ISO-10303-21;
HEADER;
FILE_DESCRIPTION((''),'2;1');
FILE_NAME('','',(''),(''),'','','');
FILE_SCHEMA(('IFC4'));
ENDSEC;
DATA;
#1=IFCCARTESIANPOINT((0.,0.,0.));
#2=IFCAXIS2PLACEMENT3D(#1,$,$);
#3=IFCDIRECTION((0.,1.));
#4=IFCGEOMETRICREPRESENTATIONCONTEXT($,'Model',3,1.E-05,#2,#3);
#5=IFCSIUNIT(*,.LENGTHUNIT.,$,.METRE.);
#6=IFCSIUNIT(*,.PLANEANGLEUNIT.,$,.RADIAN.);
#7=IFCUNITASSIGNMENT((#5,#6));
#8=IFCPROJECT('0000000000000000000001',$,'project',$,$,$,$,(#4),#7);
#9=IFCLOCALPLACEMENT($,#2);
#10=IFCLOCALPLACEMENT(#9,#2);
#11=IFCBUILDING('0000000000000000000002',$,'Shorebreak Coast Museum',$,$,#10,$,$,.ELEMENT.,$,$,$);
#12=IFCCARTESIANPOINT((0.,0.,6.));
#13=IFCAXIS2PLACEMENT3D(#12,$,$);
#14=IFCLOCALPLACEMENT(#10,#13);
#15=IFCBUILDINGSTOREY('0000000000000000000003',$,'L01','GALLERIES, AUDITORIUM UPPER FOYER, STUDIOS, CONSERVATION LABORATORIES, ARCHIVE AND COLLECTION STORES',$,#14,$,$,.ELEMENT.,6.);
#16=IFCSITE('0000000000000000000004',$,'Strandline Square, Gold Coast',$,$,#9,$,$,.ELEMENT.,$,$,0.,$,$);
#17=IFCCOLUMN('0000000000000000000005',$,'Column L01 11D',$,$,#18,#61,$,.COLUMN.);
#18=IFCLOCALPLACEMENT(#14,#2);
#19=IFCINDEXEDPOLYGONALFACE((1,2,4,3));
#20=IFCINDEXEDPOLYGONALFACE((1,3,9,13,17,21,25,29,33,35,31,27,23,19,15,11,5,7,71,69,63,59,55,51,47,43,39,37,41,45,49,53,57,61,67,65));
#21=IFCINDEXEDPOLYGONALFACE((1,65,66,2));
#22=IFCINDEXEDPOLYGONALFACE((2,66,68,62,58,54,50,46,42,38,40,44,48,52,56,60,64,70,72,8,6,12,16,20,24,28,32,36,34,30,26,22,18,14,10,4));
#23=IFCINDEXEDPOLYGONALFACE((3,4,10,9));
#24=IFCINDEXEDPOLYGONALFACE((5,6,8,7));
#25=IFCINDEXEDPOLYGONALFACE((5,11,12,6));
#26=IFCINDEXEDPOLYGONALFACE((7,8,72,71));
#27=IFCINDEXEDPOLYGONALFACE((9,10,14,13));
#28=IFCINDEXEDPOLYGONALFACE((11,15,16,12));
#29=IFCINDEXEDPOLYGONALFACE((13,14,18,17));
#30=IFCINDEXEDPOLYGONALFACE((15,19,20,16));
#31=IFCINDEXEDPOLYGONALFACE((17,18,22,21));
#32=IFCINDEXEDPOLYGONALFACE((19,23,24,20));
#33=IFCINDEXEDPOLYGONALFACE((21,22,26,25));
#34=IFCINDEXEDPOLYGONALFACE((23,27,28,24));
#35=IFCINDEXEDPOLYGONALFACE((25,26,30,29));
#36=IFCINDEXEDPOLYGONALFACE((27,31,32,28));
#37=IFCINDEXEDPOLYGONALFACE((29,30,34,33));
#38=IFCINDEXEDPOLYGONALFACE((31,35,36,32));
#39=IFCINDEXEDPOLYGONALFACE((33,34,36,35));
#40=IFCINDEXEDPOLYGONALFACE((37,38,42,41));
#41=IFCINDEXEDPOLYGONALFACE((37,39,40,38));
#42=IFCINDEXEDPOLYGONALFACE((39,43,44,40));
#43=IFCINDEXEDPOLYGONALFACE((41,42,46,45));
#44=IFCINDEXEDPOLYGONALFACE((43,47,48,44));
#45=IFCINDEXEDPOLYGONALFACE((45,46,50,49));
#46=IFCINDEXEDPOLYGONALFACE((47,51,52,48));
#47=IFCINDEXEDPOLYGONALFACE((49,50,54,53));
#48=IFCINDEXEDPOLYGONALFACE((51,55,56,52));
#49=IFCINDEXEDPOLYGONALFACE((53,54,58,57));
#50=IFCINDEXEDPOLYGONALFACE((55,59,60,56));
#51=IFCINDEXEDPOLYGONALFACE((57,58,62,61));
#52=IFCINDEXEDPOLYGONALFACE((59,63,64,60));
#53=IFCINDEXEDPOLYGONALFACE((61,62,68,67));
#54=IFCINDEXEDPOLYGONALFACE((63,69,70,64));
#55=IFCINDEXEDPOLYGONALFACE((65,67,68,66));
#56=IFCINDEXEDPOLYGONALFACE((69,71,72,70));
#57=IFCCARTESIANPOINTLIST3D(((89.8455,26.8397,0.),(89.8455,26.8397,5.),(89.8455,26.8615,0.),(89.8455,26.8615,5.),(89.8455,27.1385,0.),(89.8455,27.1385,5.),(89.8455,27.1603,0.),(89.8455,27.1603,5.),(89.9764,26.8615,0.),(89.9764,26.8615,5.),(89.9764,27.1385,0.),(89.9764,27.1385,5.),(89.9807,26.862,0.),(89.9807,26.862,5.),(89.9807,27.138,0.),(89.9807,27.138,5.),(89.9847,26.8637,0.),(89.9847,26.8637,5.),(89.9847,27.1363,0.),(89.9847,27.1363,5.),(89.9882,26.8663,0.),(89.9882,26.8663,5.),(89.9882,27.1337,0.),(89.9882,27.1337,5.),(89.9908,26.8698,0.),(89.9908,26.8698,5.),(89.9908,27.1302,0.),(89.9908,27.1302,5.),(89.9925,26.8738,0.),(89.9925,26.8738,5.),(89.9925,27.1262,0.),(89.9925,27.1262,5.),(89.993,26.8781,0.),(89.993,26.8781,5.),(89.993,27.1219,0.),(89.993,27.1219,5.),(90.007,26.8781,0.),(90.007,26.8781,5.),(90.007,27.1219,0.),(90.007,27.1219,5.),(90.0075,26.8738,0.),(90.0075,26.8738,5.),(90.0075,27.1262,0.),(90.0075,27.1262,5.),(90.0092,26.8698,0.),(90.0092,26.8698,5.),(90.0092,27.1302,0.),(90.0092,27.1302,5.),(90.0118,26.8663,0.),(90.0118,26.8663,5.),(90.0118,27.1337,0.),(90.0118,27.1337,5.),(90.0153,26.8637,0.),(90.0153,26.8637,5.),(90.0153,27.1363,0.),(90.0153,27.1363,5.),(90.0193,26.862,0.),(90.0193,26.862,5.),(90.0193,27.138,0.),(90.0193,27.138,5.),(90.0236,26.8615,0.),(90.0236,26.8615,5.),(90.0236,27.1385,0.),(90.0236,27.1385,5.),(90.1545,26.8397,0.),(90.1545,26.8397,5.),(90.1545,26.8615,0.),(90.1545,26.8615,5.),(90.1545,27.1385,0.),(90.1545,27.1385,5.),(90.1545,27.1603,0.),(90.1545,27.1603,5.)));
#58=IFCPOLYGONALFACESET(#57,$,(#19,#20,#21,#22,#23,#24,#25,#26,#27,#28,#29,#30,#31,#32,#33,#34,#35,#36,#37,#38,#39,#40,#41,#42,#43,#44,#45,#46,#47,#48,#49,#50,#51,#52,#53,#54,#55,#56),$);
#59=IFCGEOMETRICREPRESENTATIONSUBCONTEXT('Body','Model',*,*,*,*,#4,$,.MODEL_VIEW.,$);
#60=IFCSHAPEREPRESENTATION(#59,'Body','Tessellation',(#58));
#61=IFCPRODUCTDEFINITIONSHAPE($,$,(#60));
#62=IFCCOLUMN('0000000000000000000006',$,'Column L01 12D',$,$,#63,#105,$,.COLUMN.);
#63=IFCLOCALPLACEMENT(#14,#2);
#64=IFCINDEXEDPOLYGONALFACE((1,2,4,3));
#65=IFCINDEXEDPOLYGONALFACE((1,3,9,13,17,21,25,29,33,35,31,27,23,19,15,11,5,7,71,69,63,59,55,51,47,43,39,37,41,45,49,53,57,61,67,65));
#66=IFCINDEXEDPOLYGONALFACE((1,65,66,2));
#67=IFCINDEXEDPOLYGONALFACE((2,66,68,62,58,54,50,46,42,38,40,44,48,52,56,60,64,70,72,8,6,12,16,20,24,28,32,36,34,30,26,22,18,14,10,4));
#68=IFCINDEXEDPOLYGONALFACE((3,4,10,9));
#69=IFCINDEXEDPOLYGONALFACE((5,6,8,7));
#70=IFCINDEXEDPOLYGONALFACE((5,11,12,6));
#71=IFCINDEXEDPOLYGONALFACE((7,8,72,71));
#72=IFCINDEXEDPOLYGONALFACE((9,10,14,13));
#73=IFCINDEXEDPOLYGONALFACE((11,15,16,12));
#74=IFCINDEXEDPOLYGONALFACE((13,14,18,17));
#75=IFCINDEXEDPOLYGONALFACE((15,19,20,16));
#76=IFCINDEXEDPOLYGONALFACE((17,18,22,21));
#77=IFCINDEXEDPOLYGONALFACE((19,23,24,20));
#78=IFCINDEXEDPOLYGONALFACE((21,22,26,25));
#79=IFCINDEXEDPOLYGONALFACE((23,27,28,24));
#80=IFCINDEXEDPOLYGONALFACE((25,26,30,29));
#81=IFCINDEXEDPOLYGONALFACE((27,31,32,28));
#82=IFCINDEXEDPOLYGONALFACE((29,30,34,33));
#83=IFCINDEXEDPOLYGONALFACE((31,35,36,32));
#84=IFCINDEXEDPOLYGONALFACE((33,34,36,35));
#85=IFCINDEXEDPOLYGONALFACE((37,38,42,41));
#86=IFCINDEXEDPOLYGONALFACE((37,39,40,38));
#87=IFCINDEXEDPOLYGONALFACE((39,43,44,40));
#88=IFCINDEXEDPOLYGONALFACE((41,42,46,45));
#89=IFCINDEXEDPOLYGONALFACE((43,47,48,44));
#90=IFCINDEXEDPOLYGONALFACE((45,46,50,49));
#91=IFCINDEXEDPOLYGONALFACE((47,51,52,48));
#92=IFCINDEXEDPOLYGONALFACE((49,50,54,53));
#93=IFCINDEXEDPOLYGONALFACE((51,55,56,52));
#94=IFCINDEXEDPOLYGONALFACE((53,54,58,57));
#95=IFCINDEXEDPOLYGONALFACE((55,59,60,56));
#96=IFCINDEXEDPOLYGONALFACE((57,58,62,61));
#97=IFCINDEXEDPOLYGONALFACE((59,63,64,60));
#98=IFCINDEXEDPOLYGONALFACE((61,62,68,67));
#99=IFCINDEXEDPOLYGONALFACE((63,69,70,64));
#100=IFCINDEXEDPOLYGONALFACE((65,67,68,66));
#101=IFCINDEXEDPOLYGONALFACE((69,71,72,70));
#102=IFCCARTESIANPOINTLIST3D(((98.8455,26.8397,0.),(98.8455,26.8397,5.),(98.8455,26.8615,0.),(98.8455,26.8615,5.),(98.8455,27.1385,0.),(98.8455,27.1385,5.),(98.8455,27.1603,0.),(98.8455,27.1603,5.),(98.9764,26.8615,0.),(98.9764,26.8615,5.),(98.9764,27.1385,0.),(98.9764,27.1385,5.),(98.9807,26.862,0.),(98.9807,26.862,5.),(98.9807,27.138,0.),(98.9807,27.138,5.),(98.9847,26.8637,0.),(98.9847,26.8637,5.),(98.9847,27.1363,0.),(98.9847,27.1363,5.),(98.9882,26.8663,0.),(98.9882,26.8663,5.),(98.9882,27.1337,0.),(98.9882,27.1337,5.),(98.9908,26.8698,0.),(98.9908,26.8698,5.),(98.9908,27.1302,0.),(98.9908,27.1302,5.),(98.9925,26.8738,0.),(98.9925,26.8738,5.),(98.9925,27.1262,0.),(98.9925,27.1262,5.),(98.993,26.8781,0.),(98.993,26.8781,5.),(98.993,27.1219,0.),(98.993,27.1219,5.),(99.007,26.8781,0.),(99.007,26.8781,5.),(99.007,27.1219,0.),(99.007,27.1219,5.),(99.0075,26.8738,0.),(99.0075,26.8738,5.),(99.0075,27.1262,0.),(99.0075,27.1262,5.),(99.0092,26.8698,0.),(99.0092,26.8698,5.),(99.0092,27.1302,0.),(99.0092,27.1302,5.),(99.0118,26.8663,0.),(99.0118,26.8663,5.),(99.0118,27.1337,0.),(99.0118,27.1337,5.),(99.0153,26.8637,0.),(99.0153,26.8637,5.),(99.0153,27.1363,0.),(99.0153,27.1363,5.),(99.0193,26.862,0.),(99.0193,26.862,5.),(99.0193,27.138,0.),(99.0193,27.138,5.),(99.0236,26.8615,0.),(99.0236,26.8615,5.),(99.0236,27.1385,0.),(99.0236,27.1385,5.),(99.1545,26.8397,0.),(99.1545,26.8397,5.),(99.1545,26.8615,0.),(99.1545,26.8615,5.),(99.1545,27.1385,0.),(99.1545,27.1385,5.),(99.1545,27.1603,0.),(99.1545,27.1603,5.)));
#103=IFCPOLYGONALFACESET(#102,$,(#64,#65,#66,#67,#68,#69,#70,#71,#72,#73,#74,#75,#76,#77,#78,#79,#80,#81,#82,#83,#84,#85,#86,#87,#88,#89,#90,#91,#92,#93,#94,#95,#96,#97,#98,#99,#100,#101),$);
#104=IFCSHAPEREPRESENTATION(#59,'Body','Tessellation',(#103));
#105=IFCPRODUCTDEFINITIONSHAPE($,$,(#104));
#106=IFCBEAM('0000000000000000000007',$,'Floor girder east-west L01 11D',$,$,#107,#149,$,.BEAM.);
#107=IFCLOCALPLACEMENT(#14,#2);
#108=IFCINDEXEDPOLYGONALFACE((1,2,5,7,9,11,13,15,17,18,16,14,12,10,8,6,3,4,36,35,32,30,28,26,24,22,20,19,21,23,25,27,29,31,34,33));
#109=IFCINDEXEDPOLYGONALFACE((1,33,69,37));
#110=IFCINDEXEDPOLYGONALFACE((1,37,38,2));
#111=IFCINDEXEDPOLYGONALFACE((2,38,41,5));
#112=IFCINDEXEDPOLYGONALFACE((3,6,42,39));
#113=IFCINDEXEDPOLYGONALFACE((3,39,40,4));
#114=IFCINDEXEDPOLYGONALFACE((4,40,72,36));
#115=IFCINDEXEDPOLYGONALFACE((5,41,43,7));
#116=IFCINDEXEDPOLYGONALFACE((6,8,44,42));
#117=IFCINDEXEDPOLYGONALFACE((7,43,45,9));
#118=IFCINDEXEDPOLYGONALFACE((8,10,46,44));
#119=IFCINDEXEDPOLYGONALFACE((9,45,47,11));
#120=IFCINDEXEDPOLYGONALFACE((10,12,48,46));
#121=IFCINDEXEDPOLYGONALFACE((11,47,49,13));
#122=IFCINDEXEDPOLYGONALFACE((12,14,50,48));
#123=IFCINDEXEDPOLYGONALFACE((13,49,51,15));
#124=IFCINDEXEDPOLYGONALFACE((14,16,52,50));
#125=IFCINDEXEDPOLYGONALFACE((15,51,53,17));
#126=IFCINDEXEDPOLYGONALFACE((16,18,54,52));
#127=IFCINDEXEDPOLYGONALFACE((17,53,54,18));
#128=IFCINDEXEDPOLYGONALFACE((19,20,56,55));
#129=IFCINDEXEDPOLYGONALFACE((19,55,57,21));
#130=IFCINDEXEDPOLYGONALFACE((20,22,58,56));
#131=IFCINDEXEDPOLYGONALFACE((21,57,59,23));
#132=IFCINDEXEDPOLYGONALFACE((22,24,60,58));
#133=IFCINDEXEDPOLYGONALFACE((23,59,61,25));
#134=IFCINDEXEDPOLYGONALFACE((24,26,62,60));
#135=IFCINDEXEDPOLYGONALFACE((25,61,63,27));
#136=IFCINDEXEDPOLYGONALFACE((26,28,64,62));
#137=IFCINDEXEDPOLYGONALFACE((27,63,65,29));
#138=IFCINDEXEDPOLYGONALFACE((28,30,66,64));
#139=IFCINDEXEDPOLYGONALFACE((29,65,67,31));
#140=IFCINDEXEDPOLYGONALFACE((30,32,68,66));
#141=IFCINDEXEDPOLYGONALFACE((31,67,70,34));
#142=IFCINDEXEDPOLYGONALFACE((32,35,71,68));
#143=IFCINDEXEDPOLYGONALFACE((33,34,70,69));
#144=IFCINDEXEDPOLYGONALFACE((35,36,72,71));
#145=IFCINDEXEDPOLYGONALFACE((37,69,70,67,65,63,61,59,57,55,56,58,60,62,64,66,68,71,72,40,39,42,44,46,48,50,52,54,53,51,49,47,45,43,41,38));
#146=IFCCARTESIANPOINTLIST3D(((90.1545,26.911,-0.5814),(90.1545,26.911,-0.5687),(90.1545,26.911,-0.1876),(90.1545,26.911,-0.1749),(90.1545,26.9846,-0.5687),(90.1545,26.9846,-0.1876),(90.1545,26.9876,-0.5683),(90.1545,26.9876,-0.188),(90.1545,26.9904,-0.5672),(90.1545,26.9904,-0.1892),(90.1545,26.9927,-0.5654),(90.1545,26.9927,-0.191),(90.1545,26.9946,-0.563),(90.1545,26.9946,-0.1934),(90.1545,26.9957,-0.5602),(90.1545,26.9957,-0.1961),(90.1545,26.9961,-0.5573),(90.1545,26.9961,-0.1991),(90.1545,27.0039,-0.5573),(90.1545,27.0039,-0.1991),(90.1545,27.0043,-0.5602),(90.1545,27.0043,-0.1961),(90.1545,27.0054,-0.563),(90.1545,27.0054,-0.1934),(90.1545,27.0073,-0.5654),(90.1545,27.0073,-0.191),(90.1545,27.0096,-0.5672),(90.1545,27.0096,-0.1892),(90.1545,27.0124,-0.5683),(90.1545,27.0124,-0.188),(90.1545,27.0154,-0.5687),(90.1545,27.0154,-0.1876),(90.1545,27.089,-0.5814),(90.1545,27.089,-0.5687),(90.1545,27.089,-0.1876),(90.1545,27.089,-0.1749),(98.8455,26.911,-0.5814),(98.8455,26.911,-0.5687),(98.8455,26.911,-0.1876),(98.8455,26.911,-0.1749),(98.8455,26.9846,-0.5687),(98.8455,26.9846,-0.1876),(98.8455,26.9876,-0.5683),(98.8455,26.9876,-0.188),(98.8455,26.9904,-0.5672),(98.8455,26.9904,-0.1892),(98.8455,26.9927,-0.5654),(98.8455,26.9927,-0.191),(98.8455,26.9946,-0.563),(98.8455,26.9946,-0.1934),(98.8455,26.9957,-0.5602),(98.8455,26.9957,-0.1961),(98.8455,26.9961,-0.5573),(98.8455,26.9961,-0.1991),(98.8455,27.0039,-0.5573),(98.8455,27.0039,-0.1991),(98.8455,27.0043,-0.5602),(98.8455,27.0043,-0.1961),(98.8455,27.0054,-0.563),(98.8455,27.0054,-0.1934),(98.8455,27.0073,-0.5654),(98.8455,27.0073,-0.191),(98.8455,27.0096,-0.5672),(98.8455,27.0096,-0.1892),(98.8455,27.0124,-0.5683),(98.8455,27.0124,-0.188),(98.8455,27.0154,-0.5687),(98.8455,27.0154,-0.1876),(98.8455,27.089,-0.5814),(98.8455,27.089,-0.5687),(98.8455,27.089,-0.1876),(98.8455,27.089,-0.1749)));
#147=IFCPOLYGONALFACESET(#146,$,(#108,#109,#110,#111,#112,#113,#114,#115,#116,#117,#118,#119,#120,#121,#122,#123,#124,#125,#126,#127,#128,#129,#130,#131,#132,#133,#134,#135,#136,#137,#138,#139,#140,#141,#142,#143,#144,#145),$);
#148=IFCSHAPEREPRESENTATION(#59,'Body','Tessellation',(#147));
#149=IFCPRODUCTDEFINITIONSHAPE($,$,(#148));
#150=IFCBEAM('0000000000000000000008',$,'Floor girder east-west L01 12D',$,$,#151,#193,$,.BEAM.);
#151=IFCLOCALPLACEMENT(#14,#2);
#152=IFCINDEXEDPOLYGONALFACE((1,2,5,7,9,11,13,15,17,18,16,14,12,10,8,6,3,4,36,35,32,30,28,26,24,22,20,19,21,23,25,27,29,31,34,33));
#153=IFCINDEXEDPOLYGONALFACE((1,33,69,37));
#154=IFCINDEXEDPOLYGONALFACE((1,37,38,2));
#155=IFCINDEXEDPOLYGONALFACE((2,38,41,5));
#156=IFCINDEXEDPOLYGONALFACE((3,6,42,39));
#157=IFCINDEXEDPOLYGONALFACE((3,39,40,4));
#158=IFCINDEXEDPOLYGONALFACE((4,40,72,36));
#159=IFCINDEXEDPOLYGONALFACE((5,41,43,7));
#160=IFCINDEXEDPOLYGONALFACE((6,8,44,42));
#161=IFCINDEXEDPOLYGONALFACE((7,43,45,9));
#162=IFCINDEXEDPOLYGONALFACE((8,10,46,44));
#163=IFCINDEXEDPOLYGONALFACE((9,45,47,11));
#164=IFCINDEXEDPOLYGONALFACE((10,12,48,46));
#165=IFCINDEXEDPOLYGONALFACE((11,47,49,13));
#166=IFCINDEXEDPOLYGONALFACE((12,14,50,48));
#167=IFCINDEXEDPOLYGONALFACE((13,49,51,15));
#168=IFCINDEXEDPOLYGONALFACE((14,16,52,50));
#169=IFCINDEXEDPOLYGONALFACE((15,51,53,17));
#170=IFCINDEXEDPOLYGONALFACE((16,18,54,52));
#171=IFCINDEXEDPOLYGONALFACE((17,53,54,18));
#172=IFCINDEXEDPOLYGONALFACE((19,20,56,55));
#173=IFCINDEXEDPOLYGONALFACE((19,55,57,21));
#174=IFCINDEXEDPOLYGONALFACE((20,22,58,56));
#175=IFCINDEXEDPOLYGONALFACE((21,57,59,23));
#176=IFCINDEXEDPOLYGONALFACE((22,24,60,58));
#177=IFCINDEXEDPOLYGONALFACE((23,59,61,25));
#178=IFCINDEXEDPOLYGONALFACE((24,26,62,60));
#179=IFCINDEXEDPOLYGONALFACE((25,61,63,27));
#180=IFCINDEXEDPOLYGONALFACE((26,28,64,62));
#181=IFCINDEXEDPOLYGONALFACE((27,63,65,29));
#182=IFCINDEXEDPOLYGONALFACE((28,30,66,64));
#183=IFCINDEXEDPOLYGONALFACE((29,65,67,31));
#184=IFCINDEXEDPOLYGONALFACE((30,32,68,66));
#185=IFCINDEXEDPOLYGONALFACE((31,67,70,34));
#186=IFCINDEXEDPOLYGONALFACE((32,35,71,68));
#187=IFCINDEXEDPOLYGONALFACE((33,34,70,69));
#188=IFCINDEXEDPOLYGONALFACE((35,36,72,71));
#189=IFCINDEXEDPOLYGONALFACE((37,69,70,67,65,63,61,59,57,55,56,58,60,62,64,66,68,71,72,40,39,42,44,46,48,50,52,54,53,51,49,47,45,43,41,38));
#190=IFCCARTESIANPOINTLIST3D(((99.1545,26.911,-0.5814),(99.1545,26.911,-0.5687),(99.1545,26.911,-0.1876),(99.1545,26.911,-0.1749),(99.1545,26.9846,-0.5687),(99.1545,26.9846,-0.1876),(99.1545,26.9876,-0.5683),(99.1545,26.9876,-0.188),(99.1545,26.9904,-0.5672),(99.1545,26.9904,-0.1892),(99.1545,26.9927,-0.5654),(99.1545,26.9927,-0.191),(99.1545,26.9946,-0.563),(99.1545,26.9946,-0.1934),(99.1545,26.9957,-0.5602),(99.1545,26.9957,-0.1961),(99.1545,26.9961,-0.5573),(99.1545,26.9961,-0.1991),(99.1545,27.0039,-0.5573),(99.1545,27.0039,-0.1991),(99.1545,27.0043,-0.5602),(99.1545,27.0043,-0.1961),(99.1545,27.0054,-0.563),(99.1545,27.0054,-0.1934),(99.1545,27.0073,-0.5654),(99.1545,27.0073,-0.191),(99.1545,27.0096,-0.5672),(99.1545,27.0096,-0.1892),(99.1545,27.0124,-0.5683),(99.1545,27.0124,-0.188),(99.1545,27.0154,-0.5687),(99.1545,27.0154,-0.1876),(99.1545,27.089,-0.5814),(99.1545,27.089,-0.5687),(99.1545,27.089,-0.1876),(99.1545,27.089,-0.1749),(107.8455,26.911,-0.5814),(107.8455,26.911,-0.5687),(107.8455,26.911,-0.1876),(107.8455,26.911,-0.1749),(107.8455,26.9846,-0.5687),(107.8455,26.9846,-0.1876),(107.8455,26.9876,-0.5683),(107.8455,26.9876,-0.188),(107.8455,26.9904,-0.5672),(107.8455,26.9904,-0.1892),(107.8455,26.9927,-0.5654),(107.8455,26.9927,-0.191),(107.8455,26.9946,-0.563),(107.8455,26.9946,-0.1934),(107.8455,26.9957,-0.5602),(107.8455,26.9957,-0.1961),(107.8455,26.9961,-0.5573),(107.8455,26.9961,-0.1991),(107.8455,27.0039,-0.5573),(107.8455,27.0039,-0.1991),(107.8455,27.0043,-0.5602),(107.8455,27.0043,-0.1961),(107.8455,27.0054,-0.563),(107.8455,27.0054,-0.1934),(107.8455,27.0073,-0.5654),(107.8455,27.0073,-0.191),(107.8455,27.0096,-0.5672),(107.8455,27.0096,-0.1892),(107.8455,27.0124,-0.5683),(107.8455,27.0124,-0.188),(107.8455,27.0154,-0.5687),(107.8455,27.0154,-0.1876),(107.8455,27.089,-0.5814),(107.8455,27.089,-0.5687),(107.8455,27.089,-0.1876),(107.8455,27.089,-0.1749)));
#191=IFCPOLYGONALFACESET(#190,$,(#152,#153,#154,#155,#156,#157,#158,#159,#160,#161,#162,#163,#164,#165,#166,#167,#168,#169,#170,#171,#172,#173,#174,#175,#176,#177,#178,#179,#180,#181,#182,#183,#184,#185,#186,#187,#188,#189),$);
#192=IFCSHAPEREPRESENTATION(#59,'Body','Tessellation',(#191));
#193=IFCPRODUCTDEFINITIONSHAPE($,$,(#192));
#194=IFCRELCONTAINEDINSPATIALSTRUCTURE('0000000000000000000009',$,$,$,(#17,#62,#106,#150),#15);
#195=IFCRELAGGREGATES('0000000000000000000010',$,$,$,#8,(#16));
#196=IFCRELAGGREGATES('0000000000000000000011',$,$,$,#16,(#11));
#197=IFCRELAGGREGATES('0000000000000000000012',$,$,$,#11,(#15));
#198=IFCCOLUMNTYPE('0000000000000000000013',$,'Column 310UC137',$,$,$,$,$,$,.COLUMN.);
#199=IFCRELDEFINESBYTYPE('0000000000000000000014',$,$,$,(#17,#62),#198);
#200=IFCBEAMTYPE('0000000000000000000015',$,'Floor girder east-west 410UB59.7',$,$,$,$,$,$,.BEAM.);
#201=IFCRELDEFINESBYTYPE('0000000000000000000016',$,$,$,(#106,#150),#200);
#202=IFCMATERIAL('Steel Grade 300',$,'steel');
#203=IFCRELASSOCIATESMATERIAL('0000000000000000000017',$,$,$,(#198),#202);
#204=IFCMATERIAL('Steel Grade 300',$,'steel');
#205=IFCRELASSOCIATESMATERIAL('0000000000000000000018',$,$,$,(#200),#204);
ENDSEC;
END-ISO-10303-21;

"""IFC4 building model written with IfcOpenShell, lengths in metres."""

from ifc_helpers import new_model, si_unit, direction, frame, origin, origin_2d, place, context, subcontext, project, spatial, i_section, extrude, material, material_profile, profile_set, type_object, element, save


model = new_model("IFC4")

# Units and contexts
model_context = context("Model", 3, precision=1e-05, world=origin(), true_north=direction((0.0, 1.0)))
body_context = subcontext(model_context, "Body", "Model", "MODEL_VIEW")
ifc_project = project(units=[si_unit("LENGTHUNIT", "METRE"), si_unit("PLANEANGLEUNIT", "RADIAN")], contexts=[model_context])

# Site, building, storey
site_placement = place(None, origin())
site = spatial("IfcSite", under=ifc_project, at=site_placement, Name="Strandline Square, Gold Coast", CompositionType="ELEMENT", RefElevation=0.0)
building_placement = place(site_placement, origin())
building = spatial("IfcBuilding", under=site, at=building_placement, Name="Shorebreak Coast Museum", CompositionType="ELEMENT")
storey_placement = place(building_placement, frame((0.0, 0.0, 6.0)))
storey = spatial("IfcBuildingStorey", under=building, at=storey_placement, Name="L01", Description="GALLERIES, AUDITORIUM UPPER FOYER, STUDIOS, CONSERVATION LABORATORIES, ARCHIVE AND COLLECTION STORES", CompositionType="ELEMENT", Elevation=6.0)

# Columns
ifc_material_1 = material(Name="Steel Grade 300", Category="steel")
ifc_material_profile_1 = material_profile(ifc_material_1, i_section(OverallWidth=0.3091, OverallDepth=0.3206, WebThickness=0.0139, FlangeThickness=0.0217, FilletRadius=0.0166, at=origin_2d()), Name="310UC137")
ifc_profile_set_1 = profile_set([ifc_material_profile_1], Name="Steel Grade 300")
column_type = type_object("IfcColumnType", Name="Column 310UC137", PredefinedType="COLUMN", material=ifc_profile_set_1)
for number, where, z_axis, x_axis, name in (
    (1, (90.0, 27.0, 0.0), (0.0, 0.0, 1.0), (1.0, 0.0, 0.0), "Column L01 11D"),
    (2, (99.0, 27.0, 0.0), (0.0, 0.0, 1.0), (1.0, 0.0, 0.0), "Column L01 12D"),
):
    element("IfcColumn", number, at=place(storey_placement, frame(where, z_axis=z_axis, x_axis=x_axis)), inside=storey, type_object=column_type, Name=name, PredefinedType="COLUMN", context=body_context, shape_type="SweptSolid", body=[
        extrude(i_section(OverallWidth=0.3091, OverallDepth=0.3206, WebThickness=0.0139, FlangeThickness=0.0217, FilletRadius=0.0166, at=origin_2d()), origin(), (0.0, 0.0, 1.0), 5.0),
    ])

# Beams
ifc_material_2 = material(Name="Steel Grade 300", Category="steel")
ifc_material_profile_2 = material_profile(ifc_material_2, i_section(OverallWidth=0.178, OverallDepth=0.4065, WebThickness=0.0078, FlangeThickness=0.0127, FilletRadius=0.0115, at=origin_2d()), Name="410UB59.7")
ifc_profile_set_2 = profile_set([ifc_material_profile_2], Name="Steel Grade 300")
beam_type_1 = type_object("IfcBeamType", Name="Floor girder east-west 410UB59.7", PredefinedType="BEAM", material=ifc_profile_set_2)
for number, where, z_axis, x_axis, name in (
    (3, (90.1545, 27.0, -0.3782), (1.0, 0.0, 0.0), (0.0, 1.0, 0.0), "Floor girder east-west L01 11D"),
    (4, (99.1545, 27.0, -0.3782), (1.0, 0.0, 0.0), (0.0, 1.0, 0.0), "Floor girder east-west L01 12D"),
):
    element("IfcBeam", number, at=place(storey_placement, frame(where, z_axis=z_axis, x_axis=x_axis)), inside=storey, type_object=beam_type_1, Name=name, PredefinedType="BEAM", context=body_context, shape_type="SweptSolid", body=[
        extrude(i_section(OverallWidth=0.178, OverallDepth=0.4065, WebThickness=0.0078, FlangeThickness=0.0127, FilletRadius=0.0115, at=origin_2d()), origin(), (0.0, 0.0, 1.0), 8.6909),
    ])

save(model, "model.ifc")
